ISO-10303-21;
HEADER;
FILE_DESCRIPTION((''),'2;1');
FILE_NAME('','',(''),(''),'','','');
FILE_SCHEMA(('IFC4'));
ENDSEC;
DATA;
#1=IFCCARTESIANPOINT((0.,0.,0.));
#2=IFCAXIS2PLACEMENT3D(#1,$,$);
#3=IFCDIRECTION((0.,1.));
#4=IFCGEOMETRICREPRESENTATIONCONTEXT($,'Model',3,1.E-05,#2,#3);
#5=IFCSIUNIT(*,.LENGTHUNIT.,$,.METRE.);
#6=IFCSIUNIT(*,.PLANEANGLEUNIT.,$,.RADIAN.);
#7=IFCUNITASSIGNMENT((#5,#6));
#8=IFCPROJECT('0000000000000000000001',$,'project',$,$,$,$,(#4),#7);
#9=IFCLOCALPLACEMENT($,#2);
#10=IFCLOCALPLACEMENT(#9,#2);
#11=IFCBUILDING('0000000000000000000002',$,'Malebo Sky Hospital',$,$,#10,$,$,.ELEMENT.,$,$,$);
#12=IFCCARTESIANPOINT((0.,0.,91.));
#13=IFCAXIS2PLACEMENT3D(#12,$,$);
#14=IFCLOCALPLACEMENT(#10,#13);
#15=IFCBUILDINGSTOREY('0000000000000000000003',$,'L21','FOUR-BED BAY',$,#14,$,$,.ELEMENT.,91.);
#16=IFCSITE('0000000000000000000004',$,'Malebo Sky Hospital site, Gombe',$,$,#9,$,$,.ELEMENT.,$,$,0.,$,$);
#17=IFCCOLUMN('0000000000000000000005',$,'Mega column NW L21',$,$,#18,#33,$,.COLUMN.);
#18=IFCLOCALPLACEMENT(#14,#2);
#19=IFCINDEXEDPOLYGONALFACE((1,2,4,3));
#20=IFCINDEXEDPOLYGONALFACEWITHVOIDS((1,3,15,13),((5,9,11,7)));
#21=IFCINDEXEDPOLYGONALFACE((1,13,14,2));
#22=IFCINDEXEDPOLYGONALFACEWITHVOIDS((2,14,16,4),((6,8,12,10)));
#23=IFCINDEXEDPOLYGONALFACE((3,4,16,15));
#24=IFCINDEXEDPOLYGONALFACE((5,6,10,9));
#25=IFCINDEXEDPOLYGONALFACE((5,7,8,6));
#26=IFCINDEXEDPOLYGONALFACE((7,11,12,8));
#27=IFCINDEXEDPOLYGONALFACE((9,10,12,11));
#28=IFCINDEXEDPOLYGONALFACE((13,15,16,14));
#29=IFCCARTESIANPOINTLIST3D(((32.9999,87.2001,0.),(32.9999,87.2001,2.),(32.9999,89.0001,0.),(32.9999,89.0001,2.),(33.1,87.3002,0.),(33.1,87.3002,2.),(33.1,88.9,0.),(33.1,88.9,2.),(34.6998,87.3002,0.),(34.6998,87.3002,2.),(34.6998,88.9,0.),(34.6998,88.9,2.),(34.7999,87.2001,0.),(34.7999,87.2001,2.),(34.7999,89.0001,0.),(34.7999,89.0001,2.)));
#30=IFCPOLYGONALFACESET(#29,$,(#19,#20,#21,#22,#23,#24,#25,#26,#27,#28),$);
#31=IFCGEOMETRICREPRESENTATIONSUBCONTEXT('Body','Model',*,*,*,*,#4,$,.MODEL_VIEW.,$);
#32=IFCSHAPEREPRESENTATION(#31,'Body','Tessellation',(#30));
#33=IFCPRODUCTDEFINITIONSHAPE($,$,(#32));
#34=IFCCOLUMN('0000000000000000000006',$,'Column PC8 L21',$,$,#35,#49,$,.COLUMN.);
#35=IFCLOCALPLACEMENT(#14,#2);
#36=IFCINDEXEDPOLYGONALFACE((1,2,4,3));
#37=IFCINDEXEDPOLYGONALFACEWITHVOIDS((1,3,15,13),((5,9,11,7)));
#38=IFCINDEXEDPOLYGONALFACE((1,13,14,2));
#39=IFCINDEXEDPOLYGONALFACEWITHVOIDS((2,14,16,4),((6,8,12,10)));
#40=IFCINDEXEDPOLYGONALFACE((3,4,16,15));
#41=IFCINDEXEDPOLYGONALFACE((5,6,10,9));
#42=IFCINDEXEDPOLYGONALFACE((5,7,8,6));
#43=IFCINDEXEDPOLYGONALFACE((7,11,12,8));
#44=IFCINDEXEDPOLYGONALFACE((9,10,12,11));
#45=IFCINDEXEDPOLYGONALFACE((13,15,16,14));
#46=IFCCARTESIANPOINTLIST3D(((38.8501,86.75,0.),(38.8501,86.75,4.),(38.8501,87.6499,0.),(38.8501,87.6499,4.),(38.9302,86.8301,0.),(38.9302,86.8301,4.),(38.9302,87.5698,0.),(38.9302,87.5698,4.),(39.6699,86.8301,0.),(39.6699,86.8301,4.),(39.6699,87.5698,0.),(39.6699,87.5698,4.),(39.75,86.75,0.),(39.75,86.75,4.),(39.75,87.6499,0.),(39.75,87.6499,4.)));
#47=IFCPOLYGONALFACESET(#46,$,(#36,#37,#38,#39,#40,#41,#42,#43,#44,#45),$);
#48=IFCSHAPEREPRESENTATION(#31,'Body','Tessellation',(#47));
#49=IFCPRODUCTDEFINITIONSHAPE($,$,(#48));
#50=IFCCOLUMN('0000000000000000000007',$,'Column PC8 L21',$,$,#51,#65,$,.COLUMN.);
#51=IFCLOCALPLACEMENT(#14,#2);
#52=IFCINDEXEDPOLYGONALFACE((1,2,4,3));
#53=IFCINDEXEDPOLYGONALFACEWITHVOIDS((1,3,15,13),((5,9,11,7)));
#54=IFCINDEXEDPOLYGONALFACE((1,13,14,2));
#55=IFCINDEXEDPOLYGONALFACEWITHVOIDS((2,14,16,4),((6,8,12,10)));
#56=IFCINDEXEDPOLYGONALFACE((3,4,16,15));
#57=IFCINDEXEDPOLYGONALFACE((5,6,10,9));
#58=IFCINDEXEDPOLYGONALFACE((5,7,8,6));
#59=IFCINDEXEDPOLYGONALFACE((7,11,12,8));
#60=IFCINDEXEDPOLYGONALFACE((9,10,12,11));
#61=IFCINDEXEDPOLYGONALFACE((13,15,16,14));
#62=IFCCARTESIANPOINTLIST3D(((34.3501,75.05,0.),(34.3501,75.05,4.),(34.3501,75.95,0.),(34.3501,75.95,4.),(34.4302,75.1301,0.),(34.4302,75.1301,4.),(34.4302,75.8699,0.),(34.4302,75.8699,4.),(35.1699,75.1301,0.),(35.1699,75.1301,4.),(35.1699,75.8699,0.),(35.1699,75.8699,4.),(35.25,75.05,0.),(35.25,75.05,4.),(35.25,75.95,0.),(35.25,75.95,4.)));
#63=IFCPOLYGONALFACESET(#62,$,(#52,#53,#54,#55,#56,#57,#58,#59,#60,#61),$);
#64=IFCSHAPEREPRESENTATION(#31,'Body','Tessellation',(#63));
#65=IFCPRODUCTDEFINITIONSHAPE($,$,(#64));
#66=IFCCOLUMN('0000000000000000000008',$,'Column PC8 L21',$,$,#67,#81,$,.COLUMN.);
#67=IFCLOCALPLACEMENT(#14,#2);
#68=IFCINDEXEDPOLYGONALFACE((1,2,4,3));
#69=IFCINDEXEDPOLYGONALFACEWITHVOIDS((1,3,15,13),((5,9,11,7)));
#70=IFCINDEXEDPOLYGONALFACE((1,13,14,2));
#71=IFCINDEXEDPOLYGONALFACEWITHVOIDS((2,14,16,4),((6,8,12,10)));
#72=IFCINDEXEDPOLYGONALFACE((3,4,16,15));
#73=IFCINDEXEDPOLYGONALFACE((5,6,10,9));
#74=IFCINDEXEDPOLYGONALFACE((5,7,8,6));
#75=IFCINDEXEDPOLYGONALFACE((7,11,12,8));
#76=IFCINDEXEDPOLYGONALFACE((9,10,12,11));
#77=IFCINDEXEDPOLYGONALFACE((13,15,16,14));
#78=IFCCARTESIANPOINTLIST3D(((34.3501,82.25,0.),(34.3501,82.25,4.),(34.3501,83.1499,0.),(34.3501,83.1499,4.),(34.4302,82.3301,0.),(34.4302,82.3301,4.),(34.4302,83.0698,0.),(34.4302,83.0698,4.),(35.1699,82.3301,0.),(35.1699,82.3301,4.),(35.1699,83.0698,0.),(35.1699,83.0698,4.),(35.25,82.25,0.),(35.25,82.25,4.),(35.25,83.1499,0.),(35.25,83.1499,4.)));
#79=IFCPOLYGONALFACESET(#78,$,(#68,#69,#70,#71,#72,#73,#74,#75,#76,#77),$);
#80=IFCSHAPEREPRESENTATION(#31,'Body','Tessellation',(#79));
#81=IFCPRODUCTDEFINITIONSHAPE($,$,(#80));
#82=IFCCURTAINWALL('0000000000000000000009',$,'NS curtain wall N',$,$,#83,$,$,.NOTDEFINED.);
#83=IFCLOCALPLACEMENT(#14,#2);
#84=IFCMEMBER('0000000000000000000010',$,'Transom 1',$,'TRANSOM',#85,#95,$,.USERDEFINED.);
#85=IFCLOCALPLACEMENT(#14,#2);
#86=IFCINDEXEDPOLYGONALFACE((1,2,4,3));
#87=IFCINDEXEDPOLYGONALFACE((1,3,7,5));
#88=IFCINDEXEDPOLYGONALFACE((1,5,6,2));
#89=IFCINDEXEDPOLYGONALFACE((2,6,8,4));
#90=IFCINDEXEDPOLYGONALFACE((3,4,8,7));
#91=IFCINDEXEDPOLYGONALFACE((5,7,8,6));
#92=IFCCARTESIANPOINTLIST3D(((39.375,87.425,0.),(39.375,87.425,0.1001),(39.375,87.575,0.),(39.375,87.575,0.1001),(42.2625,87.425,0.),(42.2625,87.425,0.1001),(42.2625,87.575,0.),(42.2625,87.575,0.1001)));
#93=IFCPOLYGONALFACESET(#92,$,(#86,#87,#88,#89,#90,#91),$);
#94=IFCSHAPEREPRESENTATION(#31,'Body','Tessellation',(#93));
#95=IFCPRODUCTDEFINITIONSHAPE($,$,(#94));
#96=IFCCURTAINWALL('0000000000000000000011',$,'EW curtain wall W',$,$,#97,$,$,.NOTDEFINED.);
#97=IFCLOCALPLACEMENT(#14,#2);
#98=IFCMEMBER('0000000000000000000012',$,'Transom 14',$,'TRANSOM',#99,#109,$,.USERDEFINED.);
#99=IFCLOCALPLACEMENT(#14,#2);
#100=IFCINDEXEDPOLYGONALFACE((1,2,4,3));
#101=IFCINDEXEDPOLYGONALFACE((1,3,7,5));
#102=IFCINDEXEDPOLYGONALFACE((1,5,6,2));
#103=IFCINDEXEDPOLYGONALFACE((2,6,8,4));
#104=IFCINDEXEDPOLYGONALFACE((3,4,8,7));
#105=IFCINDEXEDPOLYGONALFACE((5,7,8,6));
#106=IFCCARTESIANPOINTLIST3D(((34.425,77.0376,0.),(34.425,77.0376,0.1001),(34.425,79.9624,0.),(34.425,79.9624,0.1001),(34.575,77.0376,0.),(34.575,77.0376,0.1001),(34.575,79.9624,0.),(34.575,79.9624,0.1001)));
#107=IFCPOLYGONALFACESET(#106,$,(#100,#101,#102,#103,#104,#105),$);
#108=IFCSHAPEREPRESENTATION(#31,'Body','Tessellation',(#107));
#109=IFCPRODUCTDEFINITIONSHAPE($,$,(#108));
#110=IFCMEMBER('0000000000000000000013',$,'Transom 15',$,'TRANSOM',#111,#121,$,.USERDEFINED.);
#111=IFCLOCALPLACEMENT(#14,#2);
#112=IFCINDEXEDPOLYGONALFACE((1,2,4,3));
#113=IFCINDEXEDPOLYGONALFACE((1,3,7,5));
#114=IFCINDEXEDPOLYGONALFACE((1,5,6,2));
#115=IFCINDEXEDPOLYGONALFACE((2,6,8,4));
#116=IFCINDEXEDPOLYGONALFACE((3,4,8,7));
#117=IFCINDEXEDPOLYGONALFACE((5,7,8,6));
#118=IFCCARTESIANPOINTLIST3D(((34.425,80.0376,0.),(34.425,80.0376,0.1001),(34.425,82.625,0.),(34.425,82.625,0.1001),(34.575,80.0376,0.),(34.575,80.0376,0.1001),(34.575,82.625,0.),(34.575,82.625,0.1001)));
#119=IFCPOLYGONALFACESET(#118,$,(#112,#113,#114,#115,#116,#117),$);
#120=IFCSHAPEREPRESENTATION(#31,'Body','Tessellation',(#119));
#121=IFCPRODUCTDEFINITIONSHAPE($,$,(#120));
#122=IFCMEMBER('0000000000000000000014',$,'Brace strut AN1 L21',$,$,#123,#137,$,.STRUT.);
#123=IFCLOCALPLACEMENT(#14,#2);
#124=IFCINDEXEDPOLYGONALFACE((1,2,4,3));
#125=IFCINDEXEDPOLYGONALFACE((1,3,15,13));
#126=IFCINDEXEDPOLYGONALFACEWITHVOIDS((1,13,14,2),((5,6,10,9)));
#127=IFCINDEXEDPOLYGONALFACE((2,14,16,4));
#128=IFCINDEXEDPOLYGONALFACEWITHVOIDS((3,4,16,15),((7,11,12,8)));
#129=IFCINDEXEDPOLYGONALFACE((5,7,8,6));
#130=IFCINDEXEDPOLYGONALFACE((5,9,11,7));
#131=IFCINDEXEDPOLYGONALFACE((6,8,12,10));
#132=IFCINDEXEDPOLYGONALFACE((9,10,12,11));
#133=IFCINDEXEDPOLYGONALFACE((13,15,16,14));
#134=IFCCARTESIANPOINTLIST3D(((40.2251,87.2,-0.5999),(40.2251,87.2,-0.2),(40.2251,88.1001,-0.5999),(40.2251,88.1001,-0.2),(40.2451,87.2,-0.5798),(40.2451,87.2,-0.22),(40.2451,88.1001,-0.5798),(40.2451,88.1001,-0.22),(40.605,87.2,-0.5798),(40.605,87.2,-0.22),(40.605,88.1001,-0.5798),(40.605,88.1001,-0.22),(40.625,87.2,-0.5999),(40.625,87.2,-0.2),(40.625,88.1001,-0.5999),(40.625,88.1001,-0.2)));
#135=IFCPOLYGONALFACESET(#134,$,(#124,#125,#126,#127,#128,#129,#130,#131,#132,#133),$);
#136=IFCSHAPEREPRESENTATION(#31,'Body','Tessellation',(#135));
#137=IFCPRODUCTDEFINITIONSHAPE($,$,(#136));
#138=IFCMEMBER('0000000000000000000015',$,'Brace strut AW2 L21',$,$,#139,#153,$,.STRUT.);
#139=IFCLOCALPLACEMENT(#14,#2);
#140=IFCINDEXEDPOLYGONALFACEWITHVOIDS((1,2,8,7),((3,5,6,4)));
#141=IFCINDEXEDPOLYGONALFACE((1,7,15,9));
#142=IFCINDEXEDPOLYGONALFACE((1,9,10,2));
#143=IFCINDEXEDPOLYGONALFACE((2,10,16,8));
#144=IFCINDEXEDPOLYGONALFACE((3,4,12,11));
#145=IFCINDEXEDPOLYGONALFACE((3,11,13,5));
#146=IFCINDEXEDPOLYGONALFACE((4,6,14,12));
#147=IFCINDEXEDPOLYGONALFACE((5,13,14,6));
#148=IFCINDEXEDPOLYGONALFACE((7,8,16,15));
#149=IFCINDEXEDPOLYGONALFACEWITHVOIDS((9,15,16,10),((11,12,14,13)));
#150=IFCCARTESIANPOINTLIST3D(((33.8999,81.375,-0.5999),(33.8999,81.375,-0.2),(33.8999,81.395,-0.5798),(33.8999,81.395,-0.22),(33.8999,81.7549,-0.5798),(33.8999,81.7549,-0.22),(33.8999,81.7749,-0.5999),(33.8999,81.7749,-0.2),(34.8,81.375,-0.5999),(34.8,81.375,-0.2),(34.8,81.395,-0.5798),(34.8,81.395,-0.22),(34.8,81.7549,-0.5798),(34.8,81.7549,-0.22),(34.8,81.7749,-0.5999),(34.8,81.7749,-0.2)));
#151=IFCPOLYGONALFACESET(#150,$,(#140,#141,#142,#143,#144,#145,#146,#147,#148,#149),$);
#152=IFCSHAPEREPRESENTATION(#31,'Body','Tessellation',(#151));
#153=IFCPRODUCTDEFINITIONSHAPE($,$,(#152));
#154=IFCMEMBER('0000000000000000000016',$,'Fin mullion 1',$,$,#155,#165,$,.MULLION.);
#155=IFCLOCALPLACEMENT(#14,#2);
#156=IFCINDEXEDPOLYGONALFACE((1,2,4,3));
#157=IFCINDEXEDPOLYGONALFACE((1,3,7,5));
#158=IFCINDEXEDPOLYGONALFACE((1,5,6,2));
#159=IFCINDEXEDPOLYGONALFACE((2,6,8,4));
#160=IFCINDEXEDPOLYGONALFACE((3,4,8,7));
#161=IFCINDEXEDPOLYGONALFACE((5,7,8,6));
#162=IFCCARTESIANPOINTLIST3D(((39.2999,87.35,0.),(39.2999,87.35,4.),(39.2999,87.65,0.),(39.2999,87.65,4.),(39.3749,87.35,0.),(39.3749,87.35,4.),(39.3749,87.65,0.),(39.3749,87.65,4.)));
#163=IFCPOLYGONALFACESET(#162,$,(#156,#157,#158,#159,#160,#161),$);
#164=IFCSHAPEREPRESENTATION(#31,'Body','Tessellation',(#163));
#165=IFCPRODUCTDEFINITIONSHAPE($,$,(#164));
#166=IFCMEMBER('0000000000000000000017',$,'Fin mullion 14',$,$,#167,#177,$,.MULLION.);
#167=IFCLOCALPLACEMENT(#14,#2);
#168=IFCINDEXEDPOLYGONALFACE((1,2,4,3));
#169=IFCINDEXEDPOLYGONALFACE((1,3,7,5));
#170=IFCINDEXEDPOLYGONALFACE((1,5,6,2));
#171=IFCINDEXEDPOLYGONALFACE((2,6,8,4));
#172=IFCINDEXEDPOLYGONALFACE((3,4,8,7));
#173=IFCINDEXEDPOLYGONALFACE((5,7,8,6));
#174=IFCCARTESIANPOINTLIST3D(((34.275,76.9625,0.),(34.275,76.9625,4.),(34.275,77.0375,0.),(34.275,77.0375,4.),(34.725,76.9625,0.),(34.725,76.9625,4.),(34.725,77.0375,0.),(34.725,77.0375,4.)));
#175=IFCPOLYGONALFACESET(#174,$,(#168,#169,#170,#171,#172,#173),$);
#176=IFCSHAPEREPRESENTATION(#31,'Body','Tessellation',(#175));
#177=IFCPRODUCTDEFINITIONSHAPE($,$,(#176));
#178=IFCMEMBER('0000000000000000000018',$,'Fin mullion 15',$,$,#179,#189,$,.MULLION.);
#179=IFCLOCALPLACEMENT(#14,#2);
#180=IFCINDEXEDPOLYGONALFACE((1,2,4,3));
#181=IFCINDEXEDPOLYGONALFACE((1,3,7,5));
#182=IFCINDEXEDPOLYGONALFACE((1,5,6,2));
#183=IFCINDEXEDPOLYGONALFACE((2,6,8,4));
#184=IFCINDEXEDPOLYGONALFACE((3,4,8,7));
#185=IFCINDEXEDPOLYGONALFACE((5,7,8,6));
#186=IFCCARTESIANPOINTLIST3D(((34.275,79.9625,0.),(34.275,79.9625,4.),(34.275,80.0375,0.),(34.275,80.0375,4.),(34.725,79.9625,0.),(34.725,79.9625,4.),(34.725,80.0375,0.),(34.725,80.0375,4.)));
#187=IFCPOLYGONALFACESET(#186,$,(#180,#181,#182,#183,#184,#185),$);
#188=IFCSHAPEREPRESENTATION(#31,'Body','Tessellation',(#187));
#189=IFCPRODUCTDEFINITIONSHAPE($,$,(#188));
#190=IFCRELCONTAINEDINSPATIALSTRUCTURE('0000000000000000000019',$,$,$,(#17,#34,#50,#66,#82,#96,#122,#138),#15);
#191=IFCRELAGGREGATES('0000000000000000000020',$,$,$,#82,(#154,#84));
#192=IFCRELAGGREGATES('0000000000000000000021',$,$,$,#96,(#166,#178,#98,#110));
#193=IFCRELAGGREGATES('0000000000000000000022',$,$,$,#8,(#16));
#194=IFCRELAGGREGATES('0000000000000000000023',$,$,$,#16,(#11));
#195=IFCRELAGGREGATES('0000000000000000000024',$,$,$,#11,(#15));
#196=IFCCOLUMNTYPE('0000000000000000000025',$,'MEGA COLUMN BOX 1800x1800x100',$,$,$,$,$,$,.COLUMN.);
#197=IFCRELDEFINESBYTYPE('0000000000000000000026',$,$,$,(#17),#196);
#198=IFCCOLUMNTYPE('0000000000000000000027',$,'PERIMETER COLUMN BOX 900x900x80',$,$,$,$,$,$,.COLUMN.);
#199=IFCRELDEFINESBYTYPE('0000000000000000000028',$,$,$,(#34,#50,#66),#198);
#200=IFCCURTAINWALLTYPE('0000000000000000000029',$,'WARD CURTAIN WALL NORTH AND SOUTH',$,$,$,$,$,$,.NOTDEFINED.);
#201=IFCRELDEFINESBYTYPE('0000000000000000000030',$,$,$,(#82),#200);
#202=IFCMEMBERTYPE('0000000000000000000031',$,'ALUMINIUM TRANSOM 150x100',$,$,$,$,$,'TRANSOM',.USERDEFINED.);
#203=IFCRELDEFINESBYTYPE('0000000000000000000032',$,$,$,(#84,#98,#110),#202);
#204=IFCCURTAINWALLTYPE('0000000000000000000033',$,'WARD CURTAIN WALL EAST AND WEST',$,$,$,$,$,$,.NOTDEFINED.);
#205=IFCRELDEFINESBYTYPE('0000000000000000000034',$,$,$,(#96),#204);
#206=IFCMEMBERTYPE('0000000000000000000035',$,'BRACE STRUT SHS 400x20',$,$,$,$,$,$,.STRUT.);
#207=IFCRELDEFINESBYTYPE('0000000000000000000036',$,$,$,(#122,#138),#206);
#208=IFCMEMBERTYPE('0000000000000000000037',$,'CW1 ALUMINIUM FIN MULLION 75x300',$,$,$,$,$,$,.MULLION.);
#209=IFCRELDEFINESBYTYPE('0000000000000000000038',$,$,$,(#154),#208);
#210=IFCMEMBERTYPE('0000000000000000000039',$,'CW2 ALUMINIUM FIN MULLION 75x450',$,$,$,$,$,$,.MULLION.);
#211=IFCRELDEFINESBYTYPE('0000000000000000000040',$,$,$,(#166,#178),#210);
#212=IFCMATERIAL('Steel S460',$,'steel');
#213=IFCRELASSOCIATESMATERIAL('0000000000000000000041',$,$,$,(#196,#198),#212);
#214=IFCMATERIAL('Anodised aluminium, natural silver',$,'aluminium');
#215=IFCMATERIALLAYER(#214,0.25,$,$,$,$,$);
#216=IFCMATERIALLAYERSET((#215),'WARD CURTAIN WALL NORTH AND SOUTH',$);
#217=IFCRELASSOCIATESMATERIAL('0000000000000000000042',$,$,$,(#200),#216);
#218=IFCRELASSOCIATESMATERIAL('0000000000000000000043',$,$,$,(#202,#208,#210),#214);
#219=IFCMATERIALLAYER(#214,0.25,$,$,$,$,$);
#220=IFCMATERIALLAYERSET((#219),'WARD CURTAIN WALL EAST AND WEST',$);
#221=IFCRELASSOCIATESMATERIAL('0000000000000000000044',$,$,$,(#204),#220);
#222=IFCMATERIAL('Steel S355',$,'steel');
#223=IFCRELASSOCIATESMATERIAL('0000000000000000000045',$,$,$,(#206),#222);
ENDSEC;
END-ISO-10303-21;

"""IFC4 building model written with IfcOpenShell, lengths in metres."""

from ifc_helpers import new_model, si_unit, direction, frame, origin, origin_2d, place, context, subcontext, project, spatial, rectangle, hollow_rectangle, extrude, material, layer, layer_set, material_profile, profile_set, type_object, element, aggregate, save


model = new_model("IFC4")

# Units and contexts
model_context = context("Model", 3, precision=1e-05, world=origin(), true_north=direction((0.0, 1.0)))
body_context = subcontext(model_context, "Body", "Model", "MODEL_VIEW")
ifc_project = project(units=[si_unit("LENGTHUNIT", "METRE"), si_unit("PLANEANGLEUNIT", "RADIAN")], contexts=[model_context])

# Site, building, storey
site_placement = place(None, origin())
site = spatial("IfcSite", under=ifc_project, at=site_placement, Name="Malebo Sky Hospital site, Gombe", CompositionType="ELEMENT", RefElevation=0.0)
building_placement = place(site_placement, origin())
building = spatial("IfcBuilding", under=site, at=building_placement, Name="Malebo Sky Hospital", CompositionType="ELEMENT")
storey_placement = place(building_placement, frame((0.0, 0.0, 91.0)))
storey = spatial("IfcBuildingStorey", under=building, at=storey_placement, Name="L21", Description="FOUR-BED BAY", CompositionType="ELEMENT", Elevation=91.0)

# Columns
ifc_material_1 = material(Name="Steel S460", Category="steel")
ifc_material_profile_1 = material_profile(ifc_material_1, hollow_rectangle(XDim=1.8, YDim=1.8, WallThickness=0.1001, at=origin_2d()), Name="BOX 1800x1800x100")
ifc_profile_set_1 = profile_set([ifc_material_profile_1], Name="Steel S460")
column_type_1 = type_object("IfcColumnType", Name="MEGA COLUMN BOX 1800x1800x100", PredefinedType="COLUMN", material=ifc_profile_set_1)
column_placement = place(storey_placement, frame((33.8999, 88.1001, 0.0), z_axis=(0.0, 0.0, 1.0), x_axis=(1.0, 0.0, 0.0)))
element("IfcColumn", 1, at=column_placement, inside=storey, type_object=column_type_1, Name="Mega column NW L21", PredefinedType="COLUMN", context=body_context, shape_type="SweptSolid", body=[
    extrude(hollow_rectangle(XDim=1.8, YDim=1.8, WallThickness=0.1001, at=origin_2d()), origin(), (0.0, 0.0, 1.0), 2.0),
])
ifc_material_profile_2 = material_profile(ifc_material_1, hollow_rectangle(XDim=0.8999, YDim=0.8999, WallThickness=0.0801, at=origin_2d()), Name="BOX 900x900x80")
ifc_profile_set_2 = profile_set([ifc_material_profile_2], Name="Steel S460")
column_type_2 = type_object("IfcColumnType", Name="PERIMETER COLUMN BOX 900x900x80", PredefinedType="COLUMN", material=ifc_profile_set_2)
for number, where, z_axis, x_axis, name in (
    (2, (39.3, 87.2, 0.0), (0.0, 0.0, 1.0), (1.0, 0.0, 0.0), "Column PC8 L21"),
    (3, (34.8, 75.5, 0.0), (0.0, 0.0, 1.0), (1.0, 0.0, 0.0), "Column PC8 L21"),
    (4, (34.8, 82.7, 0.0), (0.0, 0.0, 1.0), (1.0, 0.0, 0.0), "Column PC8 L21"),
):
    element("IfcColumn", number, at=place(storey_placement, frame(where, z_axis=z_axis, x_axis=x_axis)), inside=storey, type_object=column_type_2, Name=name, PredefinedType="COLUMN", context=body_context, shape_type="SweptSolid", body=[
        extrude(hollow_rectangle(XDim=0.8999, YDim=0.8999, WallThickness=0.0801, at=origin_2d()), origin(), (0.0, 0.0, 1.0), 4.0),
    ])

# Curtain wall, member
ifc_material_2 = material(Name="Anodised aluminium, natural silver", Category="aluminium")
ifc_layer_1 = layer(ifc_material_2, 0.25)
ifc_layer_set_1 = layer_set([ifc_layer_1], Name="WARD CURTAIN WALL NORTH AND SOUTH")
curtain_wall_type_1 = type_object("IfcCurtainWallType", Name="WARD CURTAIN WALL NORTH AND SOUTH", PredefinedType="NOTDEFINED", material=ifc_layer_set_1)
curtain_wall_1_placement = place(storey_placement, origin())
curtain_wall_1 = element("IfcCurtainWall", 5, at=curtain_wall_1_placement, inside=storey, type_object=curtain_wall_type_1, Name="NS curtain wall N", PredefinedType="NOTDEFINED")
ifc_material_profile_3 = material_profile(ifc_material_2, rectangle(XDim=0.1499, YDim=0.1001, at=origin_2d()), Name="ALUMINIUM TRANSOM 150x100")
ifc_profile_set_3 = profile_set([ifc_material_profile_3], Name="Anodised aluminium, natural silver")
member_type_1 = type_object("IfcMemberType", Name="ALUMINIUM TRANSOM 150x100", ElementType="TRANSOM", PredefinedType="USERDEFINED", material=ifc_profile_set_3)
member_1_placement = place(storey_placement, frame((39.375, 87.5, 0.05), z_axis=(1.0, 0.0, 0.0), x_axis=(0.0, 1.0, 0.0)))
member_1 = element("IfcMember", 6, at=member_1_placement, type_object=member_type_1, Name="Transom 1", ObjectType="TRANSOM", PredefinedType="USERDEFINED", context=body_context, shape_type="SweptSolid", body=[
    extrude(rectangle(XDim=0.1499, YDim=0.1001, at=origin_2d()), origin(), (0.0, 0.0, 1.0), 2.8875),
])

# Curtain wall, members
ifc_layer_2 = layer(ifc_material_2, 0.25)
ifc_layer_set_2 = layer_set([ifc_layer_2], Name="WARD CURTAIN WALL EAST AND WEST")
curtain_wall_type_2 = type_object("IfcCurtainWallType", Name="WARD CURTAIN WALL EAST AND WEST", PredefinedType="NOTDEFINED", material=ifc_layer_set_2)
curtain_wall_2_placement = place(storey_placement, origin())
curtain_wall_2 = element("IfcCurtainWall", 7, at=curtain_wall_2_placement, inside=storey, type_object=curtain_wall_type_2, Name="EW curtain wall W", PredefinedType="NOTDEFINED")
member_2_placement = place(storey_placement, frame((34.5, 77.0376, 0.05), z_axis=(0.0, 1.0, 0.0), x_axis=(-1.0, 0.0, 0.0)))
member_2 = element("IfcMember", 8, at=member_2_placement, type_object=member_type_1, Name="Transom 14", ObjectType="TRANSOM", PredefinedType="USERDEFINED", context=body_context, shape_type="SweptSolid", body=[
    extrude(rectangle(XDim=0.1499, YDim=0.1001, at=origin_2d()), origin(), (0.0, 0.0, 1.0), 2.9248),
])
member_3_placement = place(storey_placement, frame((34.5, 80.0376, 0.05), z_axis=(0.0, 1.0, 0.0), x_axis=(-1.0, 0.0, 0.0)))
member_3 = element("IfcMember", 9, at=member_3_placement, type_object=member_type_1, Name="Transom 15", ObjectType="TRANSOM", PredefinedType="USERDEFINED", context=body_context, shape_type="SweptSolid", body=[
    extrude(rectangle(XDim=0.1499, YDim=0.1001, at=origin_2d()), origin(), (0.0, 0.0, 1.0), 2.5874),
])

# Members
ifc_material_3 = material(Name="Steel S355", Category="steel")
ifc_material_profile_4 = material_profile(ifc_material_3, hollow_rectangle(XDim=0.3999, YDim=0.3999, WallThickness=0.02, at=origin_2d()), Name="SHS 400x20")
ifc_profile_set_4 = profile_set([ifc_material_profile_4], Name="Steel S355")
member_type_2 = type_object("IfcMemberType", Name="BRACE STRUT SHS 400x20", PredefinedType="STRUT", material=ifc_profile_set_4)
for number, where, z_axis, x_axis, name in (
    (10, (40.425, 88.1001, -0.3999), (0.0, -1.0, 0.0), (1.0, 0.0, 0.0), "Brace strut AN1 L21"),
    (11, (33.8999, 81.575, -0.3999), (1.0, 0.0, 0.0), (0.0, 1.0, 0.0), "Brace strut AW2 L21"),
):
    element("IfcMember", number, at=place(storey_placement, frame(where, z_axis=z_axis, x_axis=x_axis)), inside=storey, type_object=member_type_2, Name=name, PredefinedType="STRUT", context=body_context, shape_type="SweptSolid", body=[
        extrude(hollow_rectangle(XDim=0.3999, YDim=0.3999, WallThickness=0.02, at=origin_2d()), origin(), (0.0, 0.0, 1.0), 0.9001),
    ])

# Members
ifc_material_profile_5 = material_profile(ifc_material_2, rectangle(XDim=0.075, YDim=0.3, at=origin_2d()), Name="CW1 ALUMINIUM FIN MULLION 75x300")
ifc_profile_set_5 = profile_set([ifc_material_profile_5], Name="Anodised aluminium, natural silver")
member_type_3 = type_object("IfcMemberType", Name="CW1 ALUMINIUM FIN MULLION 75x300", PredefinedType="MULLION", material=ifc_profile_set_5)
member_4_placement = place(storey_placement, frame((39.3374, 87.5, 0.0), z_axis=(0.0, 0.0, 1.0), x_axis=(1.0, 0.0, 0.0)))
member_4 = element("IfcMember", 12, at=member_4_placement, type_object=member_type_3, Name="Fin mullion 1", PredefinedType="MULLION", context=body_context, shape_type="SweptSolid", body=[
    extrude(rectangle(XDim=0.075, YDim=0.3, at=origin_2d()), origin(), (0.0, 0.0, 1.0), 4.0),
])
ifc_material_profile_6 = material_profile(ifc_material_2, rectangle(XDim=0.075, YDim=0.45, at=origin_2d()), Name="CW2 ALUMINIUM FIN MULLION 75x450")
ifc_profile_set_6 = profile_set([ifc_material_profile_6], Name="Anodised aluminium, natural silver")
member_type_4 = type_object("IfcMemberType", Name="CW2 ALUMINIUM FIN MULLION 75x450", PredefinedType="MULLION", material=ifc_profile_set_6)
member_5_placement = place(storey_placement, frame((34.5, 77.0, 0.0), z_axis=(0.0, 0.0, 1.0), x_axis=(0.0, 1.0, 0.0)))
member_5 = element("IfcMember", 13, at=member_5_placement, type_object=member_type_4, Name="Fin mullion 14", PredefinedType="MULLION", context=body_context, shape_type="SweptSolid", body=[
    extrude(rectangle(XDim=0.075, YDim=0.45, at=origin_2d()), origin(), (0.0, 0.0, 1.0), 4.0),
])
member_6_placement = place(storey_placement, frame((34.5, 80.0, 0.0), z_axis=(0.0, 0.0, 1.0), x_axis=(0.0, 1.0, 0.0)))
member_6 = element("IfcMember", 14, at=member_6_placement, type_object=member_type_4, Name="Fin mullion 15", PredefinedType="MULLION", context=body_context, shape_type="SweptSolid", body=[
    extrude(rectangle(XDim=0.075, YDim=0.45, at=origin_2d()), origin(), (0.0, 0.0, 1.0), 4.0),
])

aggregate(curtain_wall_1, [member_4, member_1])
aggregate(curtain_wall_2, [member_5, member_6, member_2, member_3])

save(model, "model.ifc")
